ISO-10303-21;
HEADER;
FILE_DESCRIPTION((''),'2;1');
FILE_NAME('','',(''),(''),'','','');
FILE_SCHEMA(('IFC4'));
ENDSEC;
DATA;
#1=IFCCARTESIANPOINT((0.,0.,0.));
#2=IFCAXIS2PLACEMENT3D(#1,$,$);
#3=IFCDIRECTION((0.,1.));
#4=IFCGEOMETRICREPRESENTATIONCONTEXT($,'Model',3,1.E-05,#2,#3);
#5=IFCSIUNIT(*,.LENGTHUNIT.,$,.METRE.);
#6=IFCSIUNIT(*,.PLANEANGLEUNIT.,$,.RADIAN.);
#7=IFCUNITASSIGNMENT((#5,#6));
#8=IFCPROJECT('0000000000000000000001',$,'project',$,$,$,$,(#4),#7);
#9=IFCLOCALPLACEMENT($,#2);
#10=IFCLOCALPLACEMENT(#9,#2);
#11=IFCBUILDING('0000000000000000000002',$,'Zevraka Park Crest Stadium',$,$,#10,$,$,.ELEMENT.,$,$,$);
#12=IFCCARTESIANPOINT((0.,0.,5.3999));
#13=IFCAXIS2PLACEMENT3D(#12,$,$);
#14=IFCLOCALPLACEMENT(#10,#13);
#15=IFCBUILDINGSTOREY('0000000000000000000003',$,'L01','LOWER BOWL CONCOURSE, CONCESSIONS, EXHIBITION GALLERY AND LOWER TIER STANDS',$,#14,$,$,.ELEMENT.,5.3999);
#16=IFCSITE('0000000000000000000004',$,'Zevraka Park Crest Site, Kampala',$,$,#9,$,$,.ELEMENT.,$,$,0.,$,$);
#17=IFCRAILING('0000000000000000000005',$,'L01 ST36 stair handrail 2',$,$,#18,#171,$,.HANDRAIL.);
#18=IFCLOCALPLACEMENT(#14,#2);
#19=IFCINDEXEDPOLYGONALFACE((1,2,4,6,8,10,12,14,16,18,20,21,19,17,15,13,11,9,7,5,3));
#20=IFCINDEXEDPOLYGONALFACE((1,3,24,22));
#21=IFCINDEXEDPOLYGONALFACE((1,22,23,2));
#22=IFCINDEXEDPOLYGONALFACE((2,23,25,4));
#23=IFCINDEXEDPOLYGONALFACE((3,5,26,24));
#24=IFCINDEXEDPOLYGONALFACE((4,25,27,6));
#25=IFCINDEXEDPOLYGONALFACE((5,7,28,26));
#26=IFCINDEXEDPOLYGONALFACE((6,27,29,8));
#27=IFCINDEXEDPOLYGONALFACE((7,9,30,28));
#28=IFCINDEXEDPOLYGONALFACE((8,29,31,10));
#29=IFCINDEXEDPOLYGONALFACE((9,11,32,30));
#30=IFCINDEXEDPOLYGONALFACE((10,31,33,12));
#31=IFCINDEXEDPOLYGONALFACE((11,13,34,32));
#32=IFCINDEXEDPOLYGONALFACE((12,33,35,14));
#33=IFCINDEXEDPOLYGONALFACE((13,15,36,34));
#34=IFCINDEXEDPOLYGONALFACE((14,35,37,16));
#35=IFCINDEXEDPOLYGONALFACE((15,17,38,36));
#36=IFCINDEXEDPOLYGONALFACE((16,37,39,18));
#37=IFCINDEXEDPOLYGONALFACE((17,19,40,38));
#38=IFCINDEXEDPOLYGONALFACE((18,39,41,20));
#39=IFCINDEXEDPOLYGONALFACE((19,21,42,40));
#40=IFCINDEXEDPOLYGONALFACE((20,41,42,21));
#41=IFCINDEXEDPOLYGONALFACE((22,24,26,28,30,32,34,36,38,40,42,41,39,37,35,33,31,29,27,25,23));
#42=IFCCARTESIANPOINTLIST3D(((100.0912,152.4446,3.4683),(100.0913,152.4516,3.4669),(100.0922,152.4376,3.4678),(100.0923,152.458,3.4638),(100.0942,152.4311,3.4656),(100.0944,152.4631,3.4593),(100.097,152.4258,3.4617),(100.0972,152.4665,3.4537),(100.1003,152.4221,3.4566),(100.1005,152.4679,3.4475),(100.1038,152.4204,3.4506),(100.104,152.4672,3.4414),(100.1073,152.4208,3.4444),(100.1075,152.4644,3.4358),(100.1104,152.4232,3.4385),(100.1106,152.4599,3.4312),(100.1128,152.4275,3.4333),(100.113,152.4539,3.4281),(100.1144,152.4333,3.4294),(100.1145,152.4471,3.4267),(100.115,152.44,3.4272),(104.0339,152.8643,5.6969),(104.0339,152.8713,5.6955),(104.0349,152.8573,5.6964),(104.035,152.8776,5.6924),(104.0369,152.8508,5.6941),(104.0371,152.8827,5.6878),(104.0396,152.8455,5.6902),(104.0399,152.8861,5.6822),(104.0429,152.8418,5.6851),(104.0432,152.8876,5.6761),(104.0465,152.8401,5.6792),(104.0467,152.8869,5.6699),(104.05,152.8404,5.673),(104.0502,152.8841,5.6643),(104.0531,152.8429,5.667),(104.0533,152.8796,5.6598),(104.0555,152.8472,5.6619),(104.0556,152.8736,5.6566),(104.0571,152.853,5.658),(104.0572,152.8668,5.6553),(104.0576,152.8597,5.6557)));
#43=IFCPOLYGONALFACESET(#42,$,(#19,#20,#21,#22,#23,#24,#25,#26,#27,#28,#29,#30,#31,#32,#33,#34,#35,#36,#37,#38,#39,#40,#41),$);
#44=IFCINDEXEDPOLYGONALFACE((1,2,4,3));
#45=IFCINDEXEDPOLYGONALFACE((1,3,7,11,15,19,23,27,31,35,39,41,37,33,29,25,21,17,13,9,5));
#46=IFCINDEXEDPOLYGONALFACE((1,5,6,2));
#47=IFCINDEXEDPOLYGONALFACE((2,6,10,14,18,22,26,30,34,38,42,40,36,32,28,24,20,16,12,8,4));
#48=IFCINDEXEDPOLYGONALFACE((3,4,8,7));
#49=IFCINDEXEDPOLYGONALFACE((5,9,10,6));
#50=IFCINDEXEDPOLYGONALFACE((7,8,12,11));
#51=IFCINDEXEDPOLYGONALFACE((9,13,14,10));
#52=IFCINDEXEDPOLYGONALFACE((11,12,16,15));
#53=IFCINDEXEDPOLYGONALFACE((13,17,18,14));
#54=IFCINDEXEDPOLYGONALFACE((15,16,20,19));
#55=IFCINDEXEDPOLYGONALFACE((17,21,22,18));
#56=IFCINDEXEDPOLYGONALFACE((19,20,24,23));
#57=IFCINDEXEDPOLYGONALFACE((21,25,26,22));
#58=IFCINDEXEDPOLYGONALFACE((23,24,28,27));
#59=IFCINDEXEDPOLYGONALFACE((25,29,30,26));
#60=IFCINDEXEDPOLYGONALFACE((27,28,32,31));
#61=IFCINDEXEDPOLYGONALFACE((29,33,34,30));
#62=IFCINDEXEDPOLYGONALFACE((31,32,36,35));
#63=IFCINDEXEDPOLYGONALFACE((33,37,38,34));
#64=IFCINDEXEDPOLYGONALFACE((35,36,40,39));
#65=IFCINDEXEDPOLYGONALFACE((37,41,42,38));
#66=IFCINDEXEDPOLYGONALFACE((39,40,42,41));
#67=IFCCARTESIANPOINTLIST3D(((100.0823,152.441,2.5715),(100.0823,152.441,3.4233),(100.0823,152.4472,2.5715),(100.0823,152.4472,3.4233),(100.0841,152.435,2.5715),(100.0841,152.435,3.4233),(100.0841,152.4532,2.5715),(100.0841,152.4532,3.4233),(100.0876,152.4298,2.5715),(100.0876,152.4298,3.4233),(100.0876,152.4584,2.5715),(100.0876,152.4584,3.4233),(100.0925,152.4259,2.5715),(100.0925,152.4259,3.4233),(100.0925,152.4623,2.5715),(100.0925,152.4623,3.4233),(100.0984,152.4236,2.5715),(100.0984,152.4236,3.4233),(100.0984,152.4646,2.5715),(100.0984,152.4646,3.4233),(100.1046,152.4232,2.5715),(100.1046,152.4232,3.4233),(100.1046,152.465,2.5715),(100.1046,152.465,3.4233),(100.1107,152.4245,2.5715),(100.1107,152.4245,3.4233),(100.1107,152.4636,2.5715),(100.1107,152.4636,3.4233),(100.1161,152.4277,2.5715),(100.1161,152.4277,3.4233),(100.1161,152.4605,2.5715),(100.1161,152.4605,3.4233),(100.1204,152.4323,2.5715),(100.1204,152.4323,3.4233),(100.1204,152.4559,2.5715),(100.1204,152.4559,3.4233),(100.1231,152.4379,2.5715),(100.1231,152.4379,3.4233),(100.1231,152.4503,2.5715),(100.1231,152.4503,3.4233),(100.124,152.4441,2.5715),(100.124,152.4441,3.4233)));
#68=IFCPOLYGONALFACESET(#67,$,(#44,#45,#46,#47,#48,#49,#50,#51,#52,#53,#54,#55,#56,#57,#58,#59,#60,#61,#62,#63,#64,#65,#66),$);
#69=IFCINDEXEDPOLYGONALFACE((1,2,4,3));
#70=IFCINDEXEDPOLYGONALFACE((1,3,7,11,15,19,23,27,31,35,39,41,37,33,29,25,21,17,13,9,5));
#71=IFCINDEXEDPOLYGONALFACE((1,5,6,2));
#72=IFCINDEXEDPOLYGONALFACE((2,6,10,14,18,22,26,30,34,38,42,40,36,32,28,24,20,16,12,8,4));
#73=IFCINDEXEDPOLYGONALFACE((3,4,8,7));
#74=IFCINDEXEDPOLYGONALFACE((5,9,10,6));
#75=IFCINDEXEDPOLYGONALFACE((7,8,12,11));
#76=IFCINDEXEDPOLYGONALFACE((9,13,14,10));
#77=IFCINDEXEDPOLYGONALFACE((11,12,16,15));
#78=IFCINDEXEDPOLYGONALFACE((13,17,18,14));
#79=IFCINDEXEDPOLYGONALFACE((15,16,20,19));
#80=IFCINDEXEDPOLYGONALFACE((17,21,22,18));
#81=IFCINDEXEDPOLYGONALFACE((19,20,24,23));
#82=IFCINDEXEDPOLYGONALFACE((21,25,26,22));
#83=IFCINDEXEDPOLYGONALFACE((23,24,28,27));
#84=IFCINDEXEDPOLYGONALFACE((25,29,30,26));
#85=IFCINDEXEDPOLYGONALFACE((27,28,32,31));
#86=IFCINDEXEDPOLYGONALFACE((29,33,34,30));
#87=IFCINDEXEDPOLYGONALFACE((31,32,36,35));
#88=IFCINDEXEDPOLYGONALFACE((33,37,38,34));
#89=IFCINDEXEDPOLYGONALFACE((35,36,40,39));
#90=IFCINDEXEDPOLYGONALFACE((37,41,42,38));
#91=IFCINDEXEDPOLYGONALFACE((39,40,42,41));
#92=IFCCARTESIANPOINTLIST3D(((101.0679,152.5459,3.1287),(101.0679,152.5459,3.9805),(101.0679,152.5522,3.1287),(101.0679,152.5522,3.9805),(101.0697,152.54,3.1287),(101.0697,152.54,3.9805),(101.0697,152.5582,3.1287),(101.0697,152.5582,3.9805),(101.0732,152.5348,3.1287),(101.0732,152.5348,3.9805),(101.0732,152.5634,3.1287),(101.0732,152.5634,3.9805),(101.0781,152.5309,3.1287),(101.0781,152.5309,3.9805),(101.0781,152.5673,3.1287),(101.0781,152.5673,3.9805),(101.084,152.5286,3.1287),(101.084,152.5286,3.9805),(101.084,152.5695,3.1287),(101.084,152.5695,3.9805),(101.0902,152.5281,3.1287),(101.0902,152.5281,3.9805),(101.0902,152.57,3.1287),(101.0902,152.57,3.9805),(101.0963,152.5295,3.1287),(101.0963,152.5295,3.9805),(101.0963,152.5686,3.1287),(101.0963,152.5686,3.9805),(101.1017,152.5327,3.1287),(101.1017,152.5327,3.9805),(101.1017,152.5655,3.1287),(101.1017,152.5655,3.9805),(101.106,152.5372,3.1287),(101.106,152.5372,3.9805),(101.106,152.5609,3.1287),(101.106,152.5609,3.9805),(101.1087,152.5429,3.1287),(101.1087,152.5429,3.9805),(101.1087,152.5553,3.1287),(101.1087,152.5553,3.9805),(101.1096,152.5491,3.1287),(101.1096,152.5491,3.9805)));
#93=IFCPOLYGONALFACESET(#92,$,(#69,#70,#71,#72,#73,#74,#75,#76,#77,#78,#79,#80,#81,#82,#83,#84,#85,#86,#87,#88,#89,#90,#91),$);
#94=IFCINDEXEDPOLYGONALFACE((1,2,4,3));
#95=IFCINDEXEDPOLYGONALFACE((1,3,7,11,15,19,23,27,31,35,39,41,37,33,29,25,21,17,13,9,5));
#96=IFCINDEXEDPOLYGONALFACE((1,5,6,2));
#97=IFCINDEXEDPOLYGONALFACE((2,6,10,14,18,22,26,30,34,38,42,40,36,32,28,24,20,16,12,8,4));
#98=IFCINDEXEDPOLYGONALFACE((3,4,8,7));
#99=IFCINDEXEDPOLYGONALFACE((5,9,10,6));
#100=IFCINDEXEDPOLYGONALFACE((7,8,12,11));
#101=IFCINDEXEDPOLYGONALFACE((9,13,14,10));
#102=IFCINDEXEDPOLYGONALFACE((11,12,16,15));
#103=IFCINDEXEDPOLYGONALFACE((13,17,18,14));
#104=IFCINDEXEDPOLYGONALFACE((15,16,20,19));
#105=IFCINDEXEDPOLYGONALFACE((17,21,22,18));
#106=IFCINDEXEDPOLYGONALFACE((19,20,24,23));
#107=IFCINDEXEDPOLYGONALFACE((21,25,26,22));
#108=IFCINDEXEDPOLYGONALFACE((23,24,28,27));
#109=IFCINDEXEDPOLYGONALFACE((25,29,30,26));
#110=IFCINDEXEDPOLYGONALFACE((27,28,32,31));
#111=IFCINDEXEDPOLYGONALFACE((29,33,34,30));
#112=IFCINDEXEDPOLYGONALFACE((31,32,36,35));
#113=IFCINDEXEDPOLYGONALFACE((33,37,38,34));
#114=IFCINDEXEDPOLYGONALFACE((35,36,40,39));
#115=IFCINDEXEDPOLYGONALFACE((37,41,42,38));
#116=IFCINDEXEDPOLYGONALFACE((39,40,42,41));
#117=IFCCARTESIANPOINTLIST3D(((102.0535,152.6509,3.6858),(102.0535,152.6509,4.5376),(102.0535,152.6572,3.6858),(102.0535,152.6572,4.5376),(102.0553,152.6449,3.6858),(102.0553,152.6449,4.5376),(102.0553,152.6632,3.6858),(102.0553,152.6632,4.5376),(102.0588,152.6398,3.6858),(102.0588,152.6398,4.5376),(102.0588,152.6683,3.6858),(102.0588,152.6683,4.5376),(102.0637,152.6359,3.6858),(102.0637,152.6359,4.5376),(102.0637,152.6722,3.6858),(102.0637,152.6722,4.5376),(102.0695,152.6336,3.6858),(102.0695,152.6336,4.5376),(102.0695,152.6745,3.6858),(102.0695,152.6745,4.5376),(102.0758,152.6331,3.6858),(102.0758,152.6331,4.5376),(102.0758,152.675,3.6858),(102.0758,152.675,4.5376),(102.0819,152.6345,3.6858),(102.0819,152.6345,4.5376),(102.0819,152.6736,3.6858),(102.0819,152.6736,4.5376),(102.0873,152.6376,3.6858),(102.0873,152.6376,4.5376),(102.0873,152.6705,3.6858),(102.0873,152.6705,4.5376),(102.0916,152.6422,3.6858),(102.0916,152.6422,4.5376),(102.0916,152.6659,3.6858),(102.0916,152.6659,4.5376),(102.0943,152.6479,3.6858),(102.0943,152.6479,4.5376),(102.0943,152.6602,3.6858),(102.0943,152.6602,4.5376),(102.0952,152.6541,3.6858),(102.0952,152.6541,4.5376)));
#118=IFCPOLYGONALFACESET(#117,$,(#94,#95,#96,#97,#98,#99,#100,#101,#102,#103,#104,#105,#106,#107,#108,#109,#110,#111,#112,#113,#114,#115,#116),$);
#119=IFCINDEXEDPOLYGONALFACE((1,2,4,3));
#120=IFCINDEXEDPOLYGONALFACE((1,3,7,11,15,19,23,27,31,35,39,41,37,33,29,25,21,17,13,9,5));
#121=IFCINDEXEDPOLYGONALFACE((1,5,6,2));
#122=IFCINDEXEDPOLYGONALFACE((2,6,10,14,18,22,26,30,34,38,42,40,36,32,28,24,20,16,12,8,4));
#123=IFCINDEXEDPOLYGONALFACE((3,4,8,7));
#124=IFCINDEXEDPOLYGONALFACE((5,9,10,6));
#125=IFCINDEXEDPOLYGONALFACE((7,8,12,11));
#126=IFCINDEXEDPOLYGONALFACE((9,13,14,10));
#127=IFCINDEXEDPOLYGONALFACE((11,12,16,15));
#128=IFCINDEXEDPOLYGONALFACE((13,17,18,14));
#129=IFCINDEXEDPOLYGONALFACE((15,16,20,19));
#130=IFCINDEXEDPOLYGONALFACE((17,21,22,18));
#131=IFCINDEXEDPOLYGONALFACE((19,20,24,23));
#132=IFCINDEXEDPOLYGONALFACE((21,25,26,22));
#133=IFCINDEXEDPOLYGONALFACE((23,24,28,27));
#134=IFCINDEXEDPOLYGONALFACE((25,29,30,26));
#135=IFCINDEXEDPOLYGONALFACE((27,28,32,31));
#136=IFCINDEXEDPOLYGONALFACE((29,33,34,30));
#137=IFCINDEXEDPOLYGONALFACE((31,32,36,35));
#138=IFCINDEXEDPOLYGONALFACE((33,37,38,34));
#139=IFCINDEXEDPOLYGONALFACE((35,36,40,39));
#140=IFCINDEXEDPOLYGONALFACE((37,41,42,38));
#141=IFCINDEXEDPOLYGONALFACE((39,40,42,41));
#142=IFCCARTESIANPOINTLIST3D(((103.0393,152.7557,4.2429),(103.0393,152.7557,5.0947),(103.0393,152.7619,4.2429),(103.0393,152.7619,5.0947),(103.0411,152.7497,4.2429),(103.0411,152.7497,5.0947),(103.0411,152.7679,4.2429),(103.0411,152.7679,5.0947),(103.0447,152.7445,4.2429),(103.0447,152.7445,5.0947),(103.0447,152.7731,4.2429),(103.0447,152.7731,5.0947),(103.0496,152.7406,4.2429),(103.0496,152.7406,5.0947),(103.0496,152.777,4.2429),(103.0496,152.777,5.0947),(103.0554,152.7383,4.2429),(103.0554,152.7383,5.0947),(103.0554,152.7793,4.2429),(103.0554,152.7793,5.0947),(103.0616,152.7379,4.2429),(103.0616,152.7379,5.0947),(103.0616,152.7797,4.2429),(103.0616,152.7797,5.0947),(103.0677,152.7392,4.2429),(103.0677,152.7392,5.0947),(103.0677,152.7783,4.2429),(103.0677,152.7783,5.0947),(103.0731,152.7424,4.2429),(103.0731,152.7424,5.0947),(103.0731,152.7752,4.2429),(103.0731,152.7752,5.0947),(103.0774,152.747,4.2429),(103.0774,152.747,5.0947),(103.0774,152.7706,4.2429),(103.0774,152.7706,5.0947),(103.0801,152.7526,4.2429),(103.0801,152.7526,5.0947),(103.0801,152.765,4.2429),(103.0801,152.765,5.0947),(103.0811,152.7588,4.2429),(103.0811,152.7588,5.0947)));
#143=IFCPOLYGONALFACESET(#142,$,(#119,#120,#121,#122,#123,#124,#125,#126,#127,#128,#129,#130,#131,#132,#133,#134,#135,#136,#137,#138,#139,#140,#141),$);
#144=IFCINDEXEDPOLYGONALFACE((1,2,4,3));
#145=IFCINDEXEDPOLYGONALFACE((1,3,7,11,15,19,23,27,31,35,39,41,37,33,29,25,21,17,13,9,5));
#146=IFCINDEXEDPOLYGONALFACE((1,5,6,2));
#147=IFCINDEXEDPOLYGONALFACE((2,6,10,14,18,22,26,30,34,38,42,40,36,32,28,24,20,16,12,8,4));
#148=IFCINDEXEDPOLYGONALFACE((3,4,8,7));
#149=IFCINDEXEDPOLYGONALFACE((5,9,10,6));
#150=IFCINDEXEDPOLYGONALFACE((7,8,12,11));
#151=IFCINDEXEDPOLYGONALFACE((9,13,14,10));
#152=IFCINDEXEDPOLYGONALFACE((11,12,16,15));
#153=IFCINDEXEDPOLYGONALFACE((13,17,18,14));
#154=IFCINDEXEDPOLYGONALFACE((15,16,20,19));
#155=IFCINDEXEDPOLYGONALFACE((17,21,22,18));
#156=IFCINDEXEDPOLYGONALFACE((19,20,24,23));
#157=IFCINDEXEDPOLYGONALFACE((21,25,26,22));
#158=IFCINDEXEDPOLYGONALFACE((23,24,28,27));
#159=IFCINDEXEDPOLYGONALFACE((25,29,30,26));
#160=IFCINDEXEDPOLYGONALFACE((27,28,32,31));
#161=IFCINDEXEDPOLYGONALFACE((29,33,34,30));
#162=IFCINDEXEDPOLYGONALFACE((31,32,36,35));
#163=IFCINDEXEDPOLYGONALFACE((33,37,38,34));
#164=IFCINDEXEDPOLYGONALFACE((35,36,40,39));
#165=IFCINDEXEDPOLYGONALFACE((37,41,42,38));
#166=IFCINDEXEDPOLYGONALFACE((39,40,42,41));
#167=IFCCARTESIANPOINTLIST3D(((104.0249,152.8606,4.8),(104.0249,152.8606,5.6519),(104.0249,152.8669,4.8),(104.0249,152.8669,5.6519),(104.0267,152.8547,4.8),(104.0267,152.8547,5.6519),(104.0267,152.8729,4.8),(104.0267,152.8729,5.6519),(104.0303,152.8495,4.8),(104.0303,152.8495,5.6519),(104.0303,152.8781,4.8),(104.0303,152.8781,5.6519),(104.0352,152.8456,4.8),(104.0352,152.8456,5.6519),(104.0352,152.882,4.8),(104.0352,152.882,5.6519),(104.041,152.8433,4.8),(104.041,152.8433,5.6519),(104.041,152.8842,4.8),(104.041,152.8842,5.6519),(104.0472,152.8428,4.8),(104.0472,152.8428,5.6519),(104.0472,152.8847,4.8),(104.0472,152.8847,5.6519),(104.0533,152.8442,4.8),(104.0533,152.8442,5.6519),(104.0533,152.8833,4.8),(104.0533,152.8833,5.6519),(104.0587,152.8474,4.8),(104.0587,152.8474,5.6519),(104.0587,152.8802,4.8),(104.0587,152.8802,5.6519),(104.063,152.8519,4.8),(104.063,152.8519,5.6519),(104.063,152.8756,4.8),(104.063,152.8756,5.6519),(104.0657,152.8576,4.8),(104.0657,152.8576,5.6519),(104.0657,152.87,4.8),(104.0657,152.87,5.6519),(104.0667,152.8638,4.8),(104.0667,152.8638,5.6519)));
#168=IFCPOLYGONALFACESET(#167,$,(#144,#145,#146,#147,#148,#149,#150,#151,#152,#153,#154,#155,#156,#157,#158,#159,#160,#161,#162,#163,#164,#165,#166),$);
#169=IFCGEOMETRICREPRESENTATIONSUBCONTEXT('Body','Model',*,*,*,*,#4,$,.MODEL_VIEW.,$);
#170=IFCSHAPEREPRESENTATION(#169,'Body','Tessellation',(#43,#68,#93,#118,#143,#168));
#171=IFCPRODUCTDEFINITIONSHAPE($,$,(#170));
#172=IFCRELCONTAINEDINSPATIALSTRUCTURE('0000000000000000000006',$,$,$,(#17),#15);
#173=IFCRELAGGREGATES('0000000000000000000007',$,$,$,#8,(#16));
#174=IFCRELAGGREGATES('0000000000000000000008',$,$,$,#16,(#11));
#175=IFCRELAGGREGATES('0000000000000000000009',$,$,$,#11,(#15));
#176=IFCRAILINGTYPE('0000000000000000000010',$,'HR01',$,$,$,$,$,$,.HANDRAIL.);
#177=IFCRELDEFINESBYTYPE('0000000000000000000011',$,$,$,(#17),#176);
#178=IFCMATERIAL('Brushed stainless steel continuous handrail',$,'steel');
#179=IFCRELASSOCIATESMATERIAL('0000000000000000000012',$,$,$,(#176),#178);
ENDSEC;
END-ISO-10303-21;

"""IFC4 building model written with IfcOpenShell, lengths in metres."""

from ifc_helpers import new_model, si_unit, direction, frame, origin, origin_2d, place, context, subcontext, project, spatial, circle, extrude, material, type_object, element, save


model = new_model("IFC4")

# Units and contexts
model_context = context("Model", 3, precision=1e-05, world=origin(), true_north=direction((0.0, 1.0)))
body_context = subcontext(model_context, "Body", "Model", "MODEL_VIEW")
ifc_project = project(units=[si_unit("LENGTHUNIT", "METRE"), si_unit("PLANEANGLEUNIT", "RADIAN")], contexts=[model_context])

# Site, building, storey
site_placement = place(None, origin())
site = spatial("IfcSite", under=ifc_project, at=site_placement, Name="Zevraka Park Crest Site, Kampala", CompositionType="ELEMENT", RefElevation=0.0)
building_placement = place(site_placement, origin())
building = spatial("IfcBuilding", under=site, at=building_placement, Name="Zevraka Park Crest Stadium", CompositionType="ELEMENT")
storey_placement = place(building_placement, frame((0.0, 0.0, 5.3999)))
storey = spatial("IfcBuildingStorey", under=building, at=storey_placement, Name="L01", Description="LOWER BOWL CONCOURSE, CONCESSIONS, EXHIBITION GALLERY AND LOWER TIER STANDS", CompositionType="ELEMENT", Elevation=5.3999)

# Railing
ifc_material_1 = material(Name="Brushed stainless steel continuous handrail", Category="steel")
railing_type_1 = type_object("IfcRailingType", Name="HR01", PredefinedType="HANDRAIL", material=ifc_material_1)
railing_1_placement = place(storey_placement, frame((100.103, 152.4441, 2.5715)))
element("IfcRailing", 1, at=railing_1_placement, inside=storey, type_object=railing_type_1, Name="L01 ST36 stair handrail 2", PredefinedType="HANDRAIL", context=body_context, shape_type="SweptSolid", body=[
    extrude(circle(Radius=0.0239, at=origin_2d()), frame((0.0, 0.0, 0.876), z_axis=(0.866842, 0.092272, 0.48997), x_axis=(-0.105848, 0.994382, 0.0)), (0.0, 0.0, 1.0), 4.5483),
    extrude(circle(Radius=0.021, at=origin_2d()), origin(), (0.0, 0.0, 1.0), 0.8518),
    extrude(circle(Radius=0.021, at=origin_2d()), frame((0.9856, 0.105, 0.5571)), (0.0, 0.0, 1.0), 0.8518),
    extrude(circle(Radius=0.021, at=origin_2d()), frame((1.9712, 0.21, 1.1143)), (0.0, 0.0, 1.0), 0.8518),
    extrude(circle(Radius=0.021, at=origin_2d()), frame((2.957, 0.3147, 1.6714)), (0.0, 0.0, 1.0), 0.8518),
    extrude(circle(Radius=0.021, at=origin_2d()), frame((3.9426, 0.4197, 2.2285)), (0.0, 0.0, 1.0), 0.8518),
])

save(model, "model.ifc")
